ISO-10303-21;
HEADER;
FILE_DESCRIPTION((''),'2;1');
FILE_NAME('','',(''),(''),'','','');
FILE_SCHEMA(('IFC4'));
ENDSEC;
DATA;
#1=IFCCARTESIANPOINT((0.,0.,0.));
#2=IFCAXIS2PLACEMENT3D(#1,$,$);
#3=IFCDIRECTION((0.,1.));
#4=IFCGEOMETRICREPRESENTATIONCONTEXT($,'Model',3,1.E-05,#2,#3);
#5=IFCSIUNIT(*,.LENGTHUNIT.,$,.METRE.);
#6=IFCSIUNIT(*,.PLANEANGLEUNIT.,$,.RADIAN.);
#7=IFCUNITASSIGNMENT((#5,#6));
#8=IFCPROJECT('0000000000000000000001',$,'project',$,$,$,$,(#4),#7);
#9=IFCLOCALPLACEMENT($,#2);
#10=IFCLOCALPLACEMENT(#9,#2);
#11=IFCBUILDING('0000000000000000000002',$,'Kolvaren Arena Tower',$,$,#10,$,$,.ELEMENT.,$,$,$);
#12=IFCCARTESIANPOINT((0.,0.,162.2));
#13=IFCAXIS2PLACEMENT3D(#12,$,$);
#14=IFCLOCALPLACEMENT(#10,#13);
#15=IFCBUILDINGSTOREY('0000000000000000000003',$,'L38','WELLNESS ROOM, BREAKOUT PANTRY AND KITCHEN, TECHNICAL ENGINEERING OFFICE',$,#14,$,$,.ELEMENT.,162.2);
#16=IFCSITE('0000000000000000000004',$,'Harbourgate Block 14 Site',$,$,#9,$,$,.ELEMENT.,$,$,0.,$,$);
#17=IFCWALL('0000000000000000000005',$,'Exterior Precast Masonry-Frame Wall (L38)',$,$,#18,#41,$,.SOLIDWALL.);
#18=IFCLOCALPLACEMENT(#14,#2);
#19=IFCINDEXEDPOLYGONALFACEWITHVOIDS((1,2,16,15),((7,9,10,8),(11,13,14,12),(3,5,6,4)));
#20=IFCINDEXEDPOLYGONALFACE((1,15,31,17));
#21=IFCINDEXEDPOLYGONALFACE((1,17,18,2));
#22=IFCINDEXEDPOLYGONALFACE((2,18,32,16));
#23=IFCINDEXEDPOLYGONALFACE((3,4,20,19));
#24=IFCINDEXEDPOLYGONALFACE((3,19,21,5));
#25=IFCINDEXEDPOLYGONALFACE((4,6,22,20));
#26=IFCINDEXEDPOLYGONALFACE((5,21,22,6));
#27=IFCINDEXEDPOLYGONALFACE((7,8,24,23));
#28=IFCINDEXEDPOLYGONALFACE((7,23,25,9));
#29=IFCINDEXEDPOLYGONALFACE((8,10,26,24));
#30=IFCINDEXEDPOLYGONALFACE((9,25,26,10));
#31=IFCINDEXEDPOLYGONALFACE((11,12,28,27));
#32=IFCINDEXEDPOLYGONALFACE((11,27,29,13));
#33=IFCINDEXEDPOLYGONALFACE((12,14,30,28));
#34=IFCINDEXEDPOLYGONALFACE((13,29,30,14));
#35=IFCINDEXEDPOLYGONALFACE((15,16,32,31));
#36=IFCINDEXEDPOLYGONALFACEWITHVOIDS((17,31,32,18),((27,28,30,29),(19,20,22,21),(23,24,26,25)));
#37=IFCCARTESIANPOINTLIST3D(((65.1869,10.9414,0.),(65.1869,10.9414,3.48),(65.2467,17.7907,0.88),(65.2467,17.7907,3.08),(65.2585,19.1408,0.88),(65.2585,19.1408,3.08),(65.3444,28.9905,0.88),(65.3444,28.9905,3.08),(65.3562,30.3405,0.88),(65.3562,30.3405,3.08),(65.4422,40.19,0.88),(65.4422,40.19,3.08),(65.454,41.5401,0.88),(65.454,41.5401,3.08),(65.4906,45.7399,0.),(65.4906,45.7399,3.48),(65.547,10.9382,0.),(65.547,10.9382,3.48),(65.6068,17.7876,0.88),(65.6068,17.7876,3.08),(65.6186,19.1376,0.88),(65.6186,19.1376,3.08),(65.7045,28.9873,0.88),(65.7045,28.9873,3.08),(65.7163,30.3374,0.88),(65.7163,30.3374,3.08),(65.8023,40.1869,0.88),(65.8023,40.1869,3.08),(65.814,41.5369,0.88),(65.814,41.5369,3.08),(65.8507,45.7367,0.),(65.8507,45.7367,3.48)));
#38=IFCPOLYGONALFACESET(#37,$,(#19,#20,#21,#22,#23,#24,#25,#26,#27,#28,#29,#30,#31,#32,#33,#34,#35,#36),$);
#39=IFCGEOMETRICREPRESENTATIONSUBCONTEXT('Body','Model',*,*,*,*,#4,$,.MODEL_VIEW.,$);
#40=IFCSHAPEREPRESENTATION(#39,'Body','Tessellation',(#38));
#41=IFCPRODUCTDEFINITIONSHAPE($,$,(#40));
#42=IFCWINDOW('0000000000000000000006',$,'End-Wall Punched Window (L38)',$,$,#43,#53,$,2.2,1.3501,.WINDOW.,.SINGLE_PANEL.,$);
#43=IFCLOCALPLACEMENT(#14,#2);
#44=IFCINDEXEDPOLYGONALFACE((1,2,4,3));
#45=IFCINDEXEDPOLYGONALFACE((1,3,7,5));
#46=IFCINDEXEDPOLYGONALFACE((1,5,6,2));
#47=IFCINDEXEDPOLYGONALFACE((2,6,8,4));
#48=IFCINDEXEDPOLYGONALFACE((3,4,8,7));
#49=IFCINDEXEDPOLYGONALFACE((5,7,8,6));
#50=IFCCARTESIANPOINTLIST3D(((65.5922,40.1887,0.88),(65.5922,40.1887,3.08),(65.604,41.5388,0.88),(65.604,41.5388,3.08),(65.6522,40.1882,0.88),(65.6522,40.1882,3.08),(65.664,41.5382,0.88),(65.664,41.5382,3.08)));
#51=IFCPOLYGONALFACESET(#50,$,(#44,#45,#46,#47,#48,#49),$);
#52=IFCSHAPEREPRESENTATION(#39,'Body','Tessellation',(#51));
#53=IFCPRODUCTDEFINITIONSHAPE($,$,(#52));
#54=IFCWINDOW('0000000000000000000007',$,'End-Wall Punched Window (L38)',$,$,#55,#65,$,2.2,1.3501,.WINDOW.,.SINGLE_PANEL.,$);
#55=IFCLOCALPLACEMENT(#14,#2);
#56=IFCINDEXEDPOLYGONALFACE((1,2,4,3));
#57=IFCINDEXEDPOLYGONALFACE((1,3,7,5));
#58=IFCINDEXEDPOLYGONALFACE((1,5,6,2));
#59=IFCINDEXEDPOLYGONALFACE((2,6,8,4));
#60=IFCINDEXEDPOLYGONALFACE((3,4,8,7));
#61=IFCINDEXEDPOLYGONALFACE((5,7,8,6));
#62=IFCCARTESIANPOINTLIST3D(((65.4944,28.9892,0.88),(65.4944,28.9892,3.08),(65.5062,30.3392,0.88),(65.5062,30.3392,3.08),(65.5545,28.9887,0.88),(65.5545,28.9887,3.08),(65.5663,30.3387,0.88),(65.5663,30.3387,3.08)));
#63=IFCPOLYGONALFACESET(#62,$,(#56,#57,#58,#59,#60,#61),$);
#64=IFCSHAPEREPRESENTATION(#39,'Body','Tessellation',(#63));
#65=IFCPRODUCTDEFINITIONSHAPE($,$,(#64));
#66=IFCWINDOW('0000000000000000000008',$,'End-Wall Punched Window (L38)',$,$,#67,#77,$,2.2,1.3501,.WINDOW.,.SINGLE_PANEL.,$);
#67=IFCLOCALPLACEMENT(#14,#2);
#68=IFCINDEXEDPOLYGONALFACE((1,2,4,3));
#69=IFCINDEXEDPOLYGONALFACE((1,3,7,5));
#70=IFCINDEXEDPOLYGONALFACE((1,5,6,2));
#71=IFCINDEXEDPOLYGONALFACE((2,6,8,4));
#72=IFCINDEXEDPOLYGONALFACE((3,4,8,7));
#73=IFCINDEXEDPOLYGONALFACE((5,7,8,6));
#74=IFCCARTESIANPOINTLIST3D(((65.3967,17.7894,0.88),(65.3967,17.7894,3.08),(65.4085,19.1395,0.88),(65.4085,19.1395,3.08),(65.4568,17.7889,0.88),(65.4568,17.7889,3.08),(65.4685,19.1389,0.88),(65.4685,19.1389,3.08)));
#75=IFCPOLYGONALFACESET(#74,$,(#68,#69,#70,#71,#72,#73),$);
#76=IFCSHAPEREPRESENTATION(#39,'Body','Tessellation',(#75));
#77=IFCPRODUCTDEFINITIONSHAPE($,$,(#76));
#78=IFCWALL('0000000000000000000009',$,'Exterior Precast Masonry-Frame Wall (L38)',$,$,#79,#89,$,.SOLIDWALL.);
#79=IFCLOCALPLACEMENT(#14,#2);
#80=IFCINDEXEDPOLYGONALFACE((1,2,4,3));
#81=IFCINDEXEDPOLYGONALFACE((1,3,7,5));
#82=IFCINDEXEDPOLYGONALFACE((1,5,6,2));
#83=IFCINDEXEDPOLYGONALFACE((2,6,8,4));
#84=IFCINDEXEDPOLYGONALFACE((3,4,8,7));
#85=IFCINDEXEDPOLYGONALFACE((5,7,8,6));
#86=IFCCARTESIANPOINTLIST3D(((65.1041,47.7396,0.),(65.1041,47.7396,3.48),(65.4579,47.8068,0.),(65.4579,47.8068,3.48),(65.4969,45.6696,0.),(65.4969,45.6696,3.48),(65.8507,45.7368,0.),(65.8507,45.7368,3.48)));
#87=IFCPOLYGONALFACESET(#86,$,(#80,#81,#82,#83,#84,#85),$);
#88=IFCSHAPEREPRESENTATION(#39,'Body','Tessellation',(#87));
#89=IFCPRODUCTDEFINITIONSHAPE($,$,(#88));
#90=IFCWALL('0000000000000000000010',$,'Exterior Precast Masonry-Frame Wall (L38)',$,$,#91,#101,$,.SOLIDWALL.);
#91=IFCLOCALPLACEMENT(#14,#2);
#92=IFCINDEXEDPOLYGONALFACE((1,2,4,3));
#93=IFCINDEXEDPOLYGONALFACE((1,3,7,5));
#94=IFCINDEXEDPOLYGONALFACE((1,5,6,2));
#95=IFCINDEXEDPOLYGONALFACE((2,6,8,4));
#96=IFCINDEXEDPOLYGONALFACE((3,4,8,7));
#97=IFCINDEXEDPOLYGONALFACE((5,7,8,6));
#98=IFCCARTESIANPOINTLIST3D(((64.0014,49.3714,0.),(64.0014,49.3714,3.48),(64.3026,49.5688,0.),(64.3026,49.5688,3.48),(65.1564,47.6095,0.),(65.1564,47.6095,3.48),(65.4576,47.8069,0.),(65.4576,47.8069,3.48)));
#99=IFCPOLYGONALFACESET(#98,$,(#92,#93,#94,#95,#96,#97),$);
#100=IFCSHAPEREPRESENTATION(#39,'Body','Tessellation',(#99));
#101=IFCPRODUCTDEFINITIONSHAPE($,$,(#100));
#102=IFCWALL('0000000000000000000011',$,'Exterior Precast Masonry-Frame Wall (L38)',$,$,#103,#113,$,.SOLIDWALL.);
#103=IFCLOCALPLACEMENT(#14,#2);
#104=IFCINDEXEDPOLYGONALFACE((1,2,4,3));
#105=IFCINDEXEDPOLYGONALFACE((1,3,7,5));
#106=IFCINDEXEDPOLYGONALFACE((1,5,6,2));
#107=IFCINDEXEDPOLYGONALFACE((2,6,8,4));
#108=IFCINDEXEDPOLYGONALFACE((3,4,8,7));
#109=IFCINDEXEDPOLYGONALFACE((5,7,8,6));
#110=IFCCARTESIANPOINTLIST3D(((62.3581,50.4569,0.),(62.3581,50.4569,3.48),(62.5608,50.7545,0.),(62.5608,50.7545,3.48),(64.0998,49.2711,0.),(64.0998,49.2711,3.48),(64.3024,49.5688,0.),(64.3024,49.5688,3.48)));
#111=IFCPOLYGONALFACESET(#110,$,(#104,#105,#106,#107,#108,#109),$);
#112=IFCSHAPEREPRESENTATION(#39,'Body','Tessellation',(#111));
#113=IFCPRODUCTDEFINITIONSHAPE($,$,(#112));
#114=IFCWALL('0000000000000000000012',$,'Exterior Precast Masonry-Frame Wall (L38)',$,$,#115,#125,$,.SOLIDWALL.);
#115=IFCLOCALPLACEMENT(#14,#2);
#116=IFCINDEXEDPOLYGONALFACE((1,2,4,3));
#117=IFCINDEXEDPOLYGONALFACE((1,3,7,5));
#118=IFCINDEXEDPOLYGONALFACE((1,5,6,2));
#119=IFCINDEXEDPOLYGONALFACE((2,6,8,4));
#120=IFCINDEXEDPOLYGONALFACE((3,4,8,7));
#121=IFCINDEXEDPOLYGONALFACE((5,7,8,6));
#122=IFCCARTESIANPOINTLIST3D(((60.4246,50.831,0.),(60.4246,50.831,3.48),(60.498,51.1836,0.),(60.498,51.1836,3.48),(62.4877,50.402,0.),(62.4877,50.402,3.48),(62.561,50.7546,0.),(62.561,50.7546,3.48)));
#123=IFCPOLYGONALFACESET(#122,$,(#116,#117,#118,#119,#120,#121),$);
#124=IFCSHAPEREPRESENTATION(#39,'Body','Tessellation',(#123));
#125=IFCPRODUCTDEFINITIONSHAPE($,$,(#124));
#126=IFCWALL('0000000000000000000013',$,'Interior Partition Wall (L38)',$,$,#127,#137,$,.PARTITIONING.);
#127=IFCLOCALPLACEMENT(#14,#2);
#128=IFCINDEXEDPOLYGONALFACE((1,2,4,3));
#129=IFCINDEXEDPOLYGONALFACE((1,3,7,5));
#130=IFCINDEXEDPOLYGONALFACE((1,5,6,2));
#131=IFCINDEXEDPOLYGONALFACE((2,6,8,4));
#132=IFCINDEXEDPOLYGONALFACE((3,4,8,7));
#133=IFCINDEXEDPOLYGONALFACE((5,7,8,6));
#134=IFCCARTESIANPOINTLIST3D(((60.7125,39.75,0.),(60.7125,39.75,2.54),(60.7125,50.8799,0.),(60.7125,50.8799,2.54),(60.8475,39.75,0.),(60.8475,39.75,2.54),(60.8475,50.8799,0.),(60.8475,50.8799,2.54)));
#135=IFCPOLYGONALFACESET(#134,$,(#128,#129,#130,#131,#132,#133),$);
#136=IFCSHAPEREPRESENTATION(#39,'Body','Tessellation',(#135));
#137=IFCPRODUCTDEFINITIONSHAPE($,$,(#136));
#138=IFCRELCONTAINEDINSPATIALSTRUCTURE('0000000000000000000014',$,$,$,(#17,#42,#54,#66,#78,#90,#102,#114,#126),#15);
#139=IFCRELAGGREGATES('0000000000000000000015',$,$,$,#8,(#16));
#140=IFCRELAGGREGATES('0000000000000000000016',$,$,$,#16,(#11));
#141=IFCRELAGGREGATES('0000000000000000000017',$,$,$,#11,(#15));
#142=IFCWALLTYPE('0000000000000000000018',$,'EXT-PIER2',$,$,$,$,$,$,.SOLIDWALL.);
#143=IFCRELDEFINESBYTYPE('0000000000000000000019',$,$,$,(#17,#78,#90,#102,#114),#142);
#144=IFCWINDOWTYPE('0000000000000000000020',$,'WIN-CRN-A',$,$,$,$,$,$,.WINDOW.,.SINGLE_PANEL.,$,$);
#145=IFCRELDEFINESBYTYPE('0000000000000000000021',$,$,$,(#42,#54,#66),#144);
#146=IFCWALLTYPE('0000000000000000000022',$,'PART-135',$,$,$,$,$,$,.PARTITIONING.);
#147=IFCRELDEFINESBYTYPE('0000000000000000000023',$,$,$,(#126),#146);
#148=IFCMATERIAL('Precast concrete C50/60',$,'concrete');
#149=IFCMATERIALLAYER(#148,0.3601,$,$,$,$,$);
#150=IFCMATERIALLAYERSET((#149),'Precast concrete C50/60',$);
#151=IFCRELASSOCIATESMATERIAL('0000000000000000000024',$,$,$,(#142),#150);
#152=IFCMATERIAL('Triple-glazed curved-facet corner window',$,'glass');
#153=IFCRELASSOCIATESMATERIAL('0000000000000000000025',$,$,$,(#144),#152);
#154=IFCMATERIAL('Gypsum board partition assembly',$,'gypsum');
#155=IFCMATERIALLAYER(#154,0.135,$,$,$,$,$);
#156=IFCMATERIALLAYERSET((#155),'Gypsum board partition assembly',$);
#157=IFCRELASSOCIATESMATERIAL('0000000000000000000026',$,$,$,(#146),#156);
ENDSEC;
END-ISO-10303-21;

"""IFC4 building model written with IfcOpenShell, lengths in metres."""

from ifc_helpers import new_model, si_unit, direction, frame, frame_2d, origin, place, context, subcontext, project, spatial, rectangle, extrude, material, layer, layer_set, type_object, element, fill, save


model = new_model("IFC4")

# Units and contexts
model_context = context("Model", 3, precision=1e-05, world=origin(), true_north=direction((0.0, 1.0)))
body_context = subcontext(model_context, "Body", "Model", "MODEL_VIEW")
ifc_project = project(units=[si_unit("LENGTHUNIT", "METRE"), si_unit("PLANEANGLEUNIT", "RADIAN")], contexts=[model_context])

# Site, building, storey
site_placement = place(None, origin())
site = spatial("IfcSite", under=ifc_project, at=site_placement, Name="Harbourgate Block 14 Site", CompositionType="ELEMENT", RefElevation=0.0)
building_placement = place(site_placement, origin())
building = spatial("IfcBuilding", under=site, at=building_placement, Name="Kolvaren Arena Tower", CompositionType="ELEMENT")
storey_placement = place(building_placement, frame((0.0, 0.0, 162.2)))
storey = spatial("IfcBuildingStorey", under=building, at=storey_placement, Name="L38", Description="WELLNESS ROOM, BREAKOUT PANTRY AND KITCHEN, TECHNICAL ENGINEERING OFFICE", CompositionType="ELEMENT", Elevation=162.2)

# Wall, openings, windows
ifc_material_1 = material(Name="Precast concrete C50/60", Category="concrete")
ifc_layer_1 = layer(ifc_material_1, 0.3601)
ifc_layer_set_1 = layer_set([ifc_layer_1], Name="Precast concrete C50/60")
wall_type_1 = type_object("IfcWallType", Name="EXT-PIER2", PredefinedType="SOLIDWALL", material=ifc_layer_set_1)
wall_1_placement = place(storey_placement, frame((65.6707, 45.7383, 0.0), z_axis=(0.0, 0.0, 1.0), x_axis=(-0.008727, -0.999962, 0.0)))
wall_1 = element("IfcWall", 1, at=wall_1_placement, inside=storey, type_object=wall_type_1, Name="Exterior Precast Masonry-Frame Wall (L38)", PredefinedType="SOLIDWALL", context=body_context, shape_type="SweptSolid", body=[
    extrude(rectangle(XDim=34.7998, YDim=0.3601, at=frame_2d((17.3999, 0.0))), origin(), (0.0, 0.0, 1.0), 3.48),
])
opening_1_placement = place(wall_1_placement, frame((4.2, 0.0, 0.8799)))
opening_1 = element("IfcOpeningElement", 2, at=opening_1_placement, cuts=wall_1, PredefinedType="OPENING", context=body_context, shape_type="SweptSolid", body=[
    extrude(rectangle(XDim=1.3501, YDim=2.2, at=frame_2d((0.675, 1.1001))), frame((0.0, 0.1899, 0.0), z_axis=(0.0, -1.0, 0.0), x_axis=(1.0, 0.0, 0.0)), (0.0, 0.0, 1.0), 0.3801),
])
opening_2_placement = place(wall_1_placement, frame((15.3999, 0.0, 0.8799)))
opening_2 = element("IfcOpeningElement", 3, at=opening_2_placement, cuts=wall_1, PredefinedType="OPENING", context=body_context, shape_type="SweptSolid", body=[
    extrude(rectangle(XDim=1.3501, YDim=2.2, at=frame_2d((0.675, 1.1001))), frame((0.0, 0.1899, 0.0), z_axis=(0.0, -1.0, 0.0), x_axis=(1.0, 0.0, 0.0)), (0.0, 0.0, 1.0), 0.3801),
])
opening_3_placement = place(wall_1_placement, frame((26.6001, 0.0, 0.8799)))
opening_3 = element("IfcOpeningElement", 4, at=opening_3_placement, cuts=wall_1, PredefinedType="OPENING", context=body_context, shape_type="SweptSolid", body=[
    extrude(rectangle(XDim=1.3501, YDim=2.2, at=frame_2d((0.675, 1.1001))), frame((0.0, 0.1899, 0.0), z_axis=(0.0, -1.0, 0.0), x_axis=(1.0, 0.0, 0.0)), (0.0, 0.0, 1.0), 0.3801),
])
ifc_material_2 = material(Name="Triple-glazed curved-facet corner window", Category="glass")
window_type = type_object("IfcWindowType", Name="WIN-CRN-A", PartitioningType="SINGLE_PANEL", PredefinedType="WINDOW", material=ifc_material_2)
window_1_placement = place(opening_1_placement, origin())
window_1 = element("IfcWindow", 5, at=window_1_placement, inside=storey, type_object=window_type, Name="End-Wall Punched Window (L38)", OverallHeight=2.2, OverallWidth=1.3501, PartitioningType="SINGLE_PANEL", PredefinedType="WINDOW", context=body_context, shape_type="SweptSolid", body=[
    extrude(rectangle(XDim=1.3501, YDim=2.2, at=frame_2d((0.675, 1.1001))), frame((0.0, 0.03, 0.0), z_axis=(0.0, -1.0, 0.0), x_axis=(1.0, 0.0, 0.0)), (0.0, 0.0, 1.0), 0.0601),
])
fill(opening_1, window_1)
window_2_placement = place(opening_2_placement, origin())
window_2 = element("IfcWindow", 6, at=window_2_placement, inside=storey, type_object=window_type, Name="End-Wall Punched Window (L38)", OverallHeight=2.2, OverallWidth=1.3501, PartitioningType="SINGLE_PANEL", PredefinedType="WINDOW", context=body_context, shape_type="SweptSolid", body=[
    extrude(rectangle(XDim=1.3501, YDim=2.2, at=frame_2d((0.675, 1.1001))), frame((0.0, 0.03, 0.0), z_axis=(0.0, -1.0, 0.0), x_axis=(1.0, 0.0, 0.0)), (0.0, 0.0, 1.0), 0.0601),
])
fill(opening_2, window_2)
window_3_placement = place(opening_3_placement, origin())
window_3 = element("IfcWindow", 7, at=window_3_placement, inside=storey, type_object=window_type, Name="End-Wall Punched Window (L38)", OverallHeight=2.2, OverallWidth=1.3501, PartitioningType="SINGLE_PANEL", PredefinedType="WINDOW", context=body_context, shape_type="SweptSolid", body=[
    extrude(rectangle(XDim=1.3501, YDim=2.2, at=frame_2d((0.675, 1.1001))), frame((0.0, 0.03, 0.0), z_axis=(0.0, -1.0, 0.0), x_axis=(1.0, 0.0, 0.0)), (0.0, 0.0, 1.0), 0.0601),
])
fill(opening_3, window_3)

# Walls
wall_2_placement = place(storey_placement, frame((65.281, 47.7732, 0.0), z_axis=(0.0, 0.0, 1.0), x_axis=(0.186436, -0.982467, 0.0)))
element("IfcWall", 8, at=wall_2_placement, inside=storey, type_object=wall_type_1, Name="Exterior Precast Masonry-Frame Wall (L38)", PredefinedType="SOLIDWALL", context=body_context, shape_type="SweptSolid", body=[
    extrude(rectangle(XDim=2.1069, YDim=0.3601, at=frame_2d((1.0535, 0.0))), origin(), (0.0, 0.0, 1.0), 3.48),
])
wall_3_placement = place(storey_placement, frame((64.1521, 49.47, 0.0), z_axis=(0.0, 0.0, 1.0), x_axis=(0.548239, -0.836322, 0.0)))
element("IfcWall", 9, at=wall_3_placement, inside=storey, type_object=wall_type_1, Name="Exterior Precast Masonry-Frame Wall (L38)", PredefinedType="SOLIDWALL", context=body_context, shape_type="SweptSolid", body=[
    extrude(rectangle(XDim=2.1067, YDim=0.3601, at=frame_2d((1.0532, 0.0))), origin(), (0.0, 0.0, 1.0), 3.48),
])
wall_4_placement = place(storey_placement, frame((62.4595, 50.6057, 0.0), z_axis=(0.0, 0.0, 1.0), x_axis=(0.82661, -0.562776, 0.0)))
element("IfcWall", 10, at=wall_4_placement, inside=storey, type_object=wall_type_1, Name="Exterior Precast Masonry-Frame Wall (L38)", PredefinedType="SOLIDWALL", context=body_context, shape_type="SweptSolid", body=[
    extrude(rectangle(XDim=2.1069, YDim=0.3601, at=frame_2d((1.0535, 0.0))), origin(), (0.0, 0.0, 1.0), 3.48),
])
wall_5_placement = place(storey_placement, frame((60.4612, 51.0073, 0.0), z_axis=(0.0, 0.0, 1.0), x_axis=(0.979059, -0.203575, 0.0)))
element("IfcWall", 11, at=wall_5_placement, inside=storey, type_object=wall_type_1, Name="Exterior Precast Masonry-Frame Wall (L38)", PredefinedType="SOLIDWALL", context=body_context, shape_type="SweptSolid", body=[
    extrude(rectangle(XDim=2.1072, YDim=0.3601, at=frame_2d((1.0537, 0.0))), origin(), (0.0, 0.0, 1.0), 3.48),
])
ifc_material_3 = material(Name="Gypsum board partition assembly", Category="gypsum")
ifc_layer_2 = layer(ifc_material_3, 0.135)
ifc_layer_set_2 = layer_set([ifc_layer_2], Name="Gypsum board partition assembly")
wall_type_2 = type_object("IfcWallType", Name="PART-135", PredefinedType="PARTITIONING", material=ifc_layer_set_2)
wall_6_placement = place(storey_placement, frame((60.78, 39.75, 0.0), z_axis=(0.0, 0.0, 1.0), x_axis=(0.0, 1.0, 0.0)))
element("IfcWall", 12, at=wall_6_placement, inside=storey, type_object=wall_type_2, Name="Interior Partition Wall (L38)", PredefinedType="PARTITIONING", context=body_context, shape_type="SweptSolid", body=[
    extrude(rectangle(XDim=11.1299, YDim=0.135, at=frame_2d((5.5649, 0.0))), origin(), (0.0, 0.0, 1.0), 2.54),
])

save(model, "model.ifc")
